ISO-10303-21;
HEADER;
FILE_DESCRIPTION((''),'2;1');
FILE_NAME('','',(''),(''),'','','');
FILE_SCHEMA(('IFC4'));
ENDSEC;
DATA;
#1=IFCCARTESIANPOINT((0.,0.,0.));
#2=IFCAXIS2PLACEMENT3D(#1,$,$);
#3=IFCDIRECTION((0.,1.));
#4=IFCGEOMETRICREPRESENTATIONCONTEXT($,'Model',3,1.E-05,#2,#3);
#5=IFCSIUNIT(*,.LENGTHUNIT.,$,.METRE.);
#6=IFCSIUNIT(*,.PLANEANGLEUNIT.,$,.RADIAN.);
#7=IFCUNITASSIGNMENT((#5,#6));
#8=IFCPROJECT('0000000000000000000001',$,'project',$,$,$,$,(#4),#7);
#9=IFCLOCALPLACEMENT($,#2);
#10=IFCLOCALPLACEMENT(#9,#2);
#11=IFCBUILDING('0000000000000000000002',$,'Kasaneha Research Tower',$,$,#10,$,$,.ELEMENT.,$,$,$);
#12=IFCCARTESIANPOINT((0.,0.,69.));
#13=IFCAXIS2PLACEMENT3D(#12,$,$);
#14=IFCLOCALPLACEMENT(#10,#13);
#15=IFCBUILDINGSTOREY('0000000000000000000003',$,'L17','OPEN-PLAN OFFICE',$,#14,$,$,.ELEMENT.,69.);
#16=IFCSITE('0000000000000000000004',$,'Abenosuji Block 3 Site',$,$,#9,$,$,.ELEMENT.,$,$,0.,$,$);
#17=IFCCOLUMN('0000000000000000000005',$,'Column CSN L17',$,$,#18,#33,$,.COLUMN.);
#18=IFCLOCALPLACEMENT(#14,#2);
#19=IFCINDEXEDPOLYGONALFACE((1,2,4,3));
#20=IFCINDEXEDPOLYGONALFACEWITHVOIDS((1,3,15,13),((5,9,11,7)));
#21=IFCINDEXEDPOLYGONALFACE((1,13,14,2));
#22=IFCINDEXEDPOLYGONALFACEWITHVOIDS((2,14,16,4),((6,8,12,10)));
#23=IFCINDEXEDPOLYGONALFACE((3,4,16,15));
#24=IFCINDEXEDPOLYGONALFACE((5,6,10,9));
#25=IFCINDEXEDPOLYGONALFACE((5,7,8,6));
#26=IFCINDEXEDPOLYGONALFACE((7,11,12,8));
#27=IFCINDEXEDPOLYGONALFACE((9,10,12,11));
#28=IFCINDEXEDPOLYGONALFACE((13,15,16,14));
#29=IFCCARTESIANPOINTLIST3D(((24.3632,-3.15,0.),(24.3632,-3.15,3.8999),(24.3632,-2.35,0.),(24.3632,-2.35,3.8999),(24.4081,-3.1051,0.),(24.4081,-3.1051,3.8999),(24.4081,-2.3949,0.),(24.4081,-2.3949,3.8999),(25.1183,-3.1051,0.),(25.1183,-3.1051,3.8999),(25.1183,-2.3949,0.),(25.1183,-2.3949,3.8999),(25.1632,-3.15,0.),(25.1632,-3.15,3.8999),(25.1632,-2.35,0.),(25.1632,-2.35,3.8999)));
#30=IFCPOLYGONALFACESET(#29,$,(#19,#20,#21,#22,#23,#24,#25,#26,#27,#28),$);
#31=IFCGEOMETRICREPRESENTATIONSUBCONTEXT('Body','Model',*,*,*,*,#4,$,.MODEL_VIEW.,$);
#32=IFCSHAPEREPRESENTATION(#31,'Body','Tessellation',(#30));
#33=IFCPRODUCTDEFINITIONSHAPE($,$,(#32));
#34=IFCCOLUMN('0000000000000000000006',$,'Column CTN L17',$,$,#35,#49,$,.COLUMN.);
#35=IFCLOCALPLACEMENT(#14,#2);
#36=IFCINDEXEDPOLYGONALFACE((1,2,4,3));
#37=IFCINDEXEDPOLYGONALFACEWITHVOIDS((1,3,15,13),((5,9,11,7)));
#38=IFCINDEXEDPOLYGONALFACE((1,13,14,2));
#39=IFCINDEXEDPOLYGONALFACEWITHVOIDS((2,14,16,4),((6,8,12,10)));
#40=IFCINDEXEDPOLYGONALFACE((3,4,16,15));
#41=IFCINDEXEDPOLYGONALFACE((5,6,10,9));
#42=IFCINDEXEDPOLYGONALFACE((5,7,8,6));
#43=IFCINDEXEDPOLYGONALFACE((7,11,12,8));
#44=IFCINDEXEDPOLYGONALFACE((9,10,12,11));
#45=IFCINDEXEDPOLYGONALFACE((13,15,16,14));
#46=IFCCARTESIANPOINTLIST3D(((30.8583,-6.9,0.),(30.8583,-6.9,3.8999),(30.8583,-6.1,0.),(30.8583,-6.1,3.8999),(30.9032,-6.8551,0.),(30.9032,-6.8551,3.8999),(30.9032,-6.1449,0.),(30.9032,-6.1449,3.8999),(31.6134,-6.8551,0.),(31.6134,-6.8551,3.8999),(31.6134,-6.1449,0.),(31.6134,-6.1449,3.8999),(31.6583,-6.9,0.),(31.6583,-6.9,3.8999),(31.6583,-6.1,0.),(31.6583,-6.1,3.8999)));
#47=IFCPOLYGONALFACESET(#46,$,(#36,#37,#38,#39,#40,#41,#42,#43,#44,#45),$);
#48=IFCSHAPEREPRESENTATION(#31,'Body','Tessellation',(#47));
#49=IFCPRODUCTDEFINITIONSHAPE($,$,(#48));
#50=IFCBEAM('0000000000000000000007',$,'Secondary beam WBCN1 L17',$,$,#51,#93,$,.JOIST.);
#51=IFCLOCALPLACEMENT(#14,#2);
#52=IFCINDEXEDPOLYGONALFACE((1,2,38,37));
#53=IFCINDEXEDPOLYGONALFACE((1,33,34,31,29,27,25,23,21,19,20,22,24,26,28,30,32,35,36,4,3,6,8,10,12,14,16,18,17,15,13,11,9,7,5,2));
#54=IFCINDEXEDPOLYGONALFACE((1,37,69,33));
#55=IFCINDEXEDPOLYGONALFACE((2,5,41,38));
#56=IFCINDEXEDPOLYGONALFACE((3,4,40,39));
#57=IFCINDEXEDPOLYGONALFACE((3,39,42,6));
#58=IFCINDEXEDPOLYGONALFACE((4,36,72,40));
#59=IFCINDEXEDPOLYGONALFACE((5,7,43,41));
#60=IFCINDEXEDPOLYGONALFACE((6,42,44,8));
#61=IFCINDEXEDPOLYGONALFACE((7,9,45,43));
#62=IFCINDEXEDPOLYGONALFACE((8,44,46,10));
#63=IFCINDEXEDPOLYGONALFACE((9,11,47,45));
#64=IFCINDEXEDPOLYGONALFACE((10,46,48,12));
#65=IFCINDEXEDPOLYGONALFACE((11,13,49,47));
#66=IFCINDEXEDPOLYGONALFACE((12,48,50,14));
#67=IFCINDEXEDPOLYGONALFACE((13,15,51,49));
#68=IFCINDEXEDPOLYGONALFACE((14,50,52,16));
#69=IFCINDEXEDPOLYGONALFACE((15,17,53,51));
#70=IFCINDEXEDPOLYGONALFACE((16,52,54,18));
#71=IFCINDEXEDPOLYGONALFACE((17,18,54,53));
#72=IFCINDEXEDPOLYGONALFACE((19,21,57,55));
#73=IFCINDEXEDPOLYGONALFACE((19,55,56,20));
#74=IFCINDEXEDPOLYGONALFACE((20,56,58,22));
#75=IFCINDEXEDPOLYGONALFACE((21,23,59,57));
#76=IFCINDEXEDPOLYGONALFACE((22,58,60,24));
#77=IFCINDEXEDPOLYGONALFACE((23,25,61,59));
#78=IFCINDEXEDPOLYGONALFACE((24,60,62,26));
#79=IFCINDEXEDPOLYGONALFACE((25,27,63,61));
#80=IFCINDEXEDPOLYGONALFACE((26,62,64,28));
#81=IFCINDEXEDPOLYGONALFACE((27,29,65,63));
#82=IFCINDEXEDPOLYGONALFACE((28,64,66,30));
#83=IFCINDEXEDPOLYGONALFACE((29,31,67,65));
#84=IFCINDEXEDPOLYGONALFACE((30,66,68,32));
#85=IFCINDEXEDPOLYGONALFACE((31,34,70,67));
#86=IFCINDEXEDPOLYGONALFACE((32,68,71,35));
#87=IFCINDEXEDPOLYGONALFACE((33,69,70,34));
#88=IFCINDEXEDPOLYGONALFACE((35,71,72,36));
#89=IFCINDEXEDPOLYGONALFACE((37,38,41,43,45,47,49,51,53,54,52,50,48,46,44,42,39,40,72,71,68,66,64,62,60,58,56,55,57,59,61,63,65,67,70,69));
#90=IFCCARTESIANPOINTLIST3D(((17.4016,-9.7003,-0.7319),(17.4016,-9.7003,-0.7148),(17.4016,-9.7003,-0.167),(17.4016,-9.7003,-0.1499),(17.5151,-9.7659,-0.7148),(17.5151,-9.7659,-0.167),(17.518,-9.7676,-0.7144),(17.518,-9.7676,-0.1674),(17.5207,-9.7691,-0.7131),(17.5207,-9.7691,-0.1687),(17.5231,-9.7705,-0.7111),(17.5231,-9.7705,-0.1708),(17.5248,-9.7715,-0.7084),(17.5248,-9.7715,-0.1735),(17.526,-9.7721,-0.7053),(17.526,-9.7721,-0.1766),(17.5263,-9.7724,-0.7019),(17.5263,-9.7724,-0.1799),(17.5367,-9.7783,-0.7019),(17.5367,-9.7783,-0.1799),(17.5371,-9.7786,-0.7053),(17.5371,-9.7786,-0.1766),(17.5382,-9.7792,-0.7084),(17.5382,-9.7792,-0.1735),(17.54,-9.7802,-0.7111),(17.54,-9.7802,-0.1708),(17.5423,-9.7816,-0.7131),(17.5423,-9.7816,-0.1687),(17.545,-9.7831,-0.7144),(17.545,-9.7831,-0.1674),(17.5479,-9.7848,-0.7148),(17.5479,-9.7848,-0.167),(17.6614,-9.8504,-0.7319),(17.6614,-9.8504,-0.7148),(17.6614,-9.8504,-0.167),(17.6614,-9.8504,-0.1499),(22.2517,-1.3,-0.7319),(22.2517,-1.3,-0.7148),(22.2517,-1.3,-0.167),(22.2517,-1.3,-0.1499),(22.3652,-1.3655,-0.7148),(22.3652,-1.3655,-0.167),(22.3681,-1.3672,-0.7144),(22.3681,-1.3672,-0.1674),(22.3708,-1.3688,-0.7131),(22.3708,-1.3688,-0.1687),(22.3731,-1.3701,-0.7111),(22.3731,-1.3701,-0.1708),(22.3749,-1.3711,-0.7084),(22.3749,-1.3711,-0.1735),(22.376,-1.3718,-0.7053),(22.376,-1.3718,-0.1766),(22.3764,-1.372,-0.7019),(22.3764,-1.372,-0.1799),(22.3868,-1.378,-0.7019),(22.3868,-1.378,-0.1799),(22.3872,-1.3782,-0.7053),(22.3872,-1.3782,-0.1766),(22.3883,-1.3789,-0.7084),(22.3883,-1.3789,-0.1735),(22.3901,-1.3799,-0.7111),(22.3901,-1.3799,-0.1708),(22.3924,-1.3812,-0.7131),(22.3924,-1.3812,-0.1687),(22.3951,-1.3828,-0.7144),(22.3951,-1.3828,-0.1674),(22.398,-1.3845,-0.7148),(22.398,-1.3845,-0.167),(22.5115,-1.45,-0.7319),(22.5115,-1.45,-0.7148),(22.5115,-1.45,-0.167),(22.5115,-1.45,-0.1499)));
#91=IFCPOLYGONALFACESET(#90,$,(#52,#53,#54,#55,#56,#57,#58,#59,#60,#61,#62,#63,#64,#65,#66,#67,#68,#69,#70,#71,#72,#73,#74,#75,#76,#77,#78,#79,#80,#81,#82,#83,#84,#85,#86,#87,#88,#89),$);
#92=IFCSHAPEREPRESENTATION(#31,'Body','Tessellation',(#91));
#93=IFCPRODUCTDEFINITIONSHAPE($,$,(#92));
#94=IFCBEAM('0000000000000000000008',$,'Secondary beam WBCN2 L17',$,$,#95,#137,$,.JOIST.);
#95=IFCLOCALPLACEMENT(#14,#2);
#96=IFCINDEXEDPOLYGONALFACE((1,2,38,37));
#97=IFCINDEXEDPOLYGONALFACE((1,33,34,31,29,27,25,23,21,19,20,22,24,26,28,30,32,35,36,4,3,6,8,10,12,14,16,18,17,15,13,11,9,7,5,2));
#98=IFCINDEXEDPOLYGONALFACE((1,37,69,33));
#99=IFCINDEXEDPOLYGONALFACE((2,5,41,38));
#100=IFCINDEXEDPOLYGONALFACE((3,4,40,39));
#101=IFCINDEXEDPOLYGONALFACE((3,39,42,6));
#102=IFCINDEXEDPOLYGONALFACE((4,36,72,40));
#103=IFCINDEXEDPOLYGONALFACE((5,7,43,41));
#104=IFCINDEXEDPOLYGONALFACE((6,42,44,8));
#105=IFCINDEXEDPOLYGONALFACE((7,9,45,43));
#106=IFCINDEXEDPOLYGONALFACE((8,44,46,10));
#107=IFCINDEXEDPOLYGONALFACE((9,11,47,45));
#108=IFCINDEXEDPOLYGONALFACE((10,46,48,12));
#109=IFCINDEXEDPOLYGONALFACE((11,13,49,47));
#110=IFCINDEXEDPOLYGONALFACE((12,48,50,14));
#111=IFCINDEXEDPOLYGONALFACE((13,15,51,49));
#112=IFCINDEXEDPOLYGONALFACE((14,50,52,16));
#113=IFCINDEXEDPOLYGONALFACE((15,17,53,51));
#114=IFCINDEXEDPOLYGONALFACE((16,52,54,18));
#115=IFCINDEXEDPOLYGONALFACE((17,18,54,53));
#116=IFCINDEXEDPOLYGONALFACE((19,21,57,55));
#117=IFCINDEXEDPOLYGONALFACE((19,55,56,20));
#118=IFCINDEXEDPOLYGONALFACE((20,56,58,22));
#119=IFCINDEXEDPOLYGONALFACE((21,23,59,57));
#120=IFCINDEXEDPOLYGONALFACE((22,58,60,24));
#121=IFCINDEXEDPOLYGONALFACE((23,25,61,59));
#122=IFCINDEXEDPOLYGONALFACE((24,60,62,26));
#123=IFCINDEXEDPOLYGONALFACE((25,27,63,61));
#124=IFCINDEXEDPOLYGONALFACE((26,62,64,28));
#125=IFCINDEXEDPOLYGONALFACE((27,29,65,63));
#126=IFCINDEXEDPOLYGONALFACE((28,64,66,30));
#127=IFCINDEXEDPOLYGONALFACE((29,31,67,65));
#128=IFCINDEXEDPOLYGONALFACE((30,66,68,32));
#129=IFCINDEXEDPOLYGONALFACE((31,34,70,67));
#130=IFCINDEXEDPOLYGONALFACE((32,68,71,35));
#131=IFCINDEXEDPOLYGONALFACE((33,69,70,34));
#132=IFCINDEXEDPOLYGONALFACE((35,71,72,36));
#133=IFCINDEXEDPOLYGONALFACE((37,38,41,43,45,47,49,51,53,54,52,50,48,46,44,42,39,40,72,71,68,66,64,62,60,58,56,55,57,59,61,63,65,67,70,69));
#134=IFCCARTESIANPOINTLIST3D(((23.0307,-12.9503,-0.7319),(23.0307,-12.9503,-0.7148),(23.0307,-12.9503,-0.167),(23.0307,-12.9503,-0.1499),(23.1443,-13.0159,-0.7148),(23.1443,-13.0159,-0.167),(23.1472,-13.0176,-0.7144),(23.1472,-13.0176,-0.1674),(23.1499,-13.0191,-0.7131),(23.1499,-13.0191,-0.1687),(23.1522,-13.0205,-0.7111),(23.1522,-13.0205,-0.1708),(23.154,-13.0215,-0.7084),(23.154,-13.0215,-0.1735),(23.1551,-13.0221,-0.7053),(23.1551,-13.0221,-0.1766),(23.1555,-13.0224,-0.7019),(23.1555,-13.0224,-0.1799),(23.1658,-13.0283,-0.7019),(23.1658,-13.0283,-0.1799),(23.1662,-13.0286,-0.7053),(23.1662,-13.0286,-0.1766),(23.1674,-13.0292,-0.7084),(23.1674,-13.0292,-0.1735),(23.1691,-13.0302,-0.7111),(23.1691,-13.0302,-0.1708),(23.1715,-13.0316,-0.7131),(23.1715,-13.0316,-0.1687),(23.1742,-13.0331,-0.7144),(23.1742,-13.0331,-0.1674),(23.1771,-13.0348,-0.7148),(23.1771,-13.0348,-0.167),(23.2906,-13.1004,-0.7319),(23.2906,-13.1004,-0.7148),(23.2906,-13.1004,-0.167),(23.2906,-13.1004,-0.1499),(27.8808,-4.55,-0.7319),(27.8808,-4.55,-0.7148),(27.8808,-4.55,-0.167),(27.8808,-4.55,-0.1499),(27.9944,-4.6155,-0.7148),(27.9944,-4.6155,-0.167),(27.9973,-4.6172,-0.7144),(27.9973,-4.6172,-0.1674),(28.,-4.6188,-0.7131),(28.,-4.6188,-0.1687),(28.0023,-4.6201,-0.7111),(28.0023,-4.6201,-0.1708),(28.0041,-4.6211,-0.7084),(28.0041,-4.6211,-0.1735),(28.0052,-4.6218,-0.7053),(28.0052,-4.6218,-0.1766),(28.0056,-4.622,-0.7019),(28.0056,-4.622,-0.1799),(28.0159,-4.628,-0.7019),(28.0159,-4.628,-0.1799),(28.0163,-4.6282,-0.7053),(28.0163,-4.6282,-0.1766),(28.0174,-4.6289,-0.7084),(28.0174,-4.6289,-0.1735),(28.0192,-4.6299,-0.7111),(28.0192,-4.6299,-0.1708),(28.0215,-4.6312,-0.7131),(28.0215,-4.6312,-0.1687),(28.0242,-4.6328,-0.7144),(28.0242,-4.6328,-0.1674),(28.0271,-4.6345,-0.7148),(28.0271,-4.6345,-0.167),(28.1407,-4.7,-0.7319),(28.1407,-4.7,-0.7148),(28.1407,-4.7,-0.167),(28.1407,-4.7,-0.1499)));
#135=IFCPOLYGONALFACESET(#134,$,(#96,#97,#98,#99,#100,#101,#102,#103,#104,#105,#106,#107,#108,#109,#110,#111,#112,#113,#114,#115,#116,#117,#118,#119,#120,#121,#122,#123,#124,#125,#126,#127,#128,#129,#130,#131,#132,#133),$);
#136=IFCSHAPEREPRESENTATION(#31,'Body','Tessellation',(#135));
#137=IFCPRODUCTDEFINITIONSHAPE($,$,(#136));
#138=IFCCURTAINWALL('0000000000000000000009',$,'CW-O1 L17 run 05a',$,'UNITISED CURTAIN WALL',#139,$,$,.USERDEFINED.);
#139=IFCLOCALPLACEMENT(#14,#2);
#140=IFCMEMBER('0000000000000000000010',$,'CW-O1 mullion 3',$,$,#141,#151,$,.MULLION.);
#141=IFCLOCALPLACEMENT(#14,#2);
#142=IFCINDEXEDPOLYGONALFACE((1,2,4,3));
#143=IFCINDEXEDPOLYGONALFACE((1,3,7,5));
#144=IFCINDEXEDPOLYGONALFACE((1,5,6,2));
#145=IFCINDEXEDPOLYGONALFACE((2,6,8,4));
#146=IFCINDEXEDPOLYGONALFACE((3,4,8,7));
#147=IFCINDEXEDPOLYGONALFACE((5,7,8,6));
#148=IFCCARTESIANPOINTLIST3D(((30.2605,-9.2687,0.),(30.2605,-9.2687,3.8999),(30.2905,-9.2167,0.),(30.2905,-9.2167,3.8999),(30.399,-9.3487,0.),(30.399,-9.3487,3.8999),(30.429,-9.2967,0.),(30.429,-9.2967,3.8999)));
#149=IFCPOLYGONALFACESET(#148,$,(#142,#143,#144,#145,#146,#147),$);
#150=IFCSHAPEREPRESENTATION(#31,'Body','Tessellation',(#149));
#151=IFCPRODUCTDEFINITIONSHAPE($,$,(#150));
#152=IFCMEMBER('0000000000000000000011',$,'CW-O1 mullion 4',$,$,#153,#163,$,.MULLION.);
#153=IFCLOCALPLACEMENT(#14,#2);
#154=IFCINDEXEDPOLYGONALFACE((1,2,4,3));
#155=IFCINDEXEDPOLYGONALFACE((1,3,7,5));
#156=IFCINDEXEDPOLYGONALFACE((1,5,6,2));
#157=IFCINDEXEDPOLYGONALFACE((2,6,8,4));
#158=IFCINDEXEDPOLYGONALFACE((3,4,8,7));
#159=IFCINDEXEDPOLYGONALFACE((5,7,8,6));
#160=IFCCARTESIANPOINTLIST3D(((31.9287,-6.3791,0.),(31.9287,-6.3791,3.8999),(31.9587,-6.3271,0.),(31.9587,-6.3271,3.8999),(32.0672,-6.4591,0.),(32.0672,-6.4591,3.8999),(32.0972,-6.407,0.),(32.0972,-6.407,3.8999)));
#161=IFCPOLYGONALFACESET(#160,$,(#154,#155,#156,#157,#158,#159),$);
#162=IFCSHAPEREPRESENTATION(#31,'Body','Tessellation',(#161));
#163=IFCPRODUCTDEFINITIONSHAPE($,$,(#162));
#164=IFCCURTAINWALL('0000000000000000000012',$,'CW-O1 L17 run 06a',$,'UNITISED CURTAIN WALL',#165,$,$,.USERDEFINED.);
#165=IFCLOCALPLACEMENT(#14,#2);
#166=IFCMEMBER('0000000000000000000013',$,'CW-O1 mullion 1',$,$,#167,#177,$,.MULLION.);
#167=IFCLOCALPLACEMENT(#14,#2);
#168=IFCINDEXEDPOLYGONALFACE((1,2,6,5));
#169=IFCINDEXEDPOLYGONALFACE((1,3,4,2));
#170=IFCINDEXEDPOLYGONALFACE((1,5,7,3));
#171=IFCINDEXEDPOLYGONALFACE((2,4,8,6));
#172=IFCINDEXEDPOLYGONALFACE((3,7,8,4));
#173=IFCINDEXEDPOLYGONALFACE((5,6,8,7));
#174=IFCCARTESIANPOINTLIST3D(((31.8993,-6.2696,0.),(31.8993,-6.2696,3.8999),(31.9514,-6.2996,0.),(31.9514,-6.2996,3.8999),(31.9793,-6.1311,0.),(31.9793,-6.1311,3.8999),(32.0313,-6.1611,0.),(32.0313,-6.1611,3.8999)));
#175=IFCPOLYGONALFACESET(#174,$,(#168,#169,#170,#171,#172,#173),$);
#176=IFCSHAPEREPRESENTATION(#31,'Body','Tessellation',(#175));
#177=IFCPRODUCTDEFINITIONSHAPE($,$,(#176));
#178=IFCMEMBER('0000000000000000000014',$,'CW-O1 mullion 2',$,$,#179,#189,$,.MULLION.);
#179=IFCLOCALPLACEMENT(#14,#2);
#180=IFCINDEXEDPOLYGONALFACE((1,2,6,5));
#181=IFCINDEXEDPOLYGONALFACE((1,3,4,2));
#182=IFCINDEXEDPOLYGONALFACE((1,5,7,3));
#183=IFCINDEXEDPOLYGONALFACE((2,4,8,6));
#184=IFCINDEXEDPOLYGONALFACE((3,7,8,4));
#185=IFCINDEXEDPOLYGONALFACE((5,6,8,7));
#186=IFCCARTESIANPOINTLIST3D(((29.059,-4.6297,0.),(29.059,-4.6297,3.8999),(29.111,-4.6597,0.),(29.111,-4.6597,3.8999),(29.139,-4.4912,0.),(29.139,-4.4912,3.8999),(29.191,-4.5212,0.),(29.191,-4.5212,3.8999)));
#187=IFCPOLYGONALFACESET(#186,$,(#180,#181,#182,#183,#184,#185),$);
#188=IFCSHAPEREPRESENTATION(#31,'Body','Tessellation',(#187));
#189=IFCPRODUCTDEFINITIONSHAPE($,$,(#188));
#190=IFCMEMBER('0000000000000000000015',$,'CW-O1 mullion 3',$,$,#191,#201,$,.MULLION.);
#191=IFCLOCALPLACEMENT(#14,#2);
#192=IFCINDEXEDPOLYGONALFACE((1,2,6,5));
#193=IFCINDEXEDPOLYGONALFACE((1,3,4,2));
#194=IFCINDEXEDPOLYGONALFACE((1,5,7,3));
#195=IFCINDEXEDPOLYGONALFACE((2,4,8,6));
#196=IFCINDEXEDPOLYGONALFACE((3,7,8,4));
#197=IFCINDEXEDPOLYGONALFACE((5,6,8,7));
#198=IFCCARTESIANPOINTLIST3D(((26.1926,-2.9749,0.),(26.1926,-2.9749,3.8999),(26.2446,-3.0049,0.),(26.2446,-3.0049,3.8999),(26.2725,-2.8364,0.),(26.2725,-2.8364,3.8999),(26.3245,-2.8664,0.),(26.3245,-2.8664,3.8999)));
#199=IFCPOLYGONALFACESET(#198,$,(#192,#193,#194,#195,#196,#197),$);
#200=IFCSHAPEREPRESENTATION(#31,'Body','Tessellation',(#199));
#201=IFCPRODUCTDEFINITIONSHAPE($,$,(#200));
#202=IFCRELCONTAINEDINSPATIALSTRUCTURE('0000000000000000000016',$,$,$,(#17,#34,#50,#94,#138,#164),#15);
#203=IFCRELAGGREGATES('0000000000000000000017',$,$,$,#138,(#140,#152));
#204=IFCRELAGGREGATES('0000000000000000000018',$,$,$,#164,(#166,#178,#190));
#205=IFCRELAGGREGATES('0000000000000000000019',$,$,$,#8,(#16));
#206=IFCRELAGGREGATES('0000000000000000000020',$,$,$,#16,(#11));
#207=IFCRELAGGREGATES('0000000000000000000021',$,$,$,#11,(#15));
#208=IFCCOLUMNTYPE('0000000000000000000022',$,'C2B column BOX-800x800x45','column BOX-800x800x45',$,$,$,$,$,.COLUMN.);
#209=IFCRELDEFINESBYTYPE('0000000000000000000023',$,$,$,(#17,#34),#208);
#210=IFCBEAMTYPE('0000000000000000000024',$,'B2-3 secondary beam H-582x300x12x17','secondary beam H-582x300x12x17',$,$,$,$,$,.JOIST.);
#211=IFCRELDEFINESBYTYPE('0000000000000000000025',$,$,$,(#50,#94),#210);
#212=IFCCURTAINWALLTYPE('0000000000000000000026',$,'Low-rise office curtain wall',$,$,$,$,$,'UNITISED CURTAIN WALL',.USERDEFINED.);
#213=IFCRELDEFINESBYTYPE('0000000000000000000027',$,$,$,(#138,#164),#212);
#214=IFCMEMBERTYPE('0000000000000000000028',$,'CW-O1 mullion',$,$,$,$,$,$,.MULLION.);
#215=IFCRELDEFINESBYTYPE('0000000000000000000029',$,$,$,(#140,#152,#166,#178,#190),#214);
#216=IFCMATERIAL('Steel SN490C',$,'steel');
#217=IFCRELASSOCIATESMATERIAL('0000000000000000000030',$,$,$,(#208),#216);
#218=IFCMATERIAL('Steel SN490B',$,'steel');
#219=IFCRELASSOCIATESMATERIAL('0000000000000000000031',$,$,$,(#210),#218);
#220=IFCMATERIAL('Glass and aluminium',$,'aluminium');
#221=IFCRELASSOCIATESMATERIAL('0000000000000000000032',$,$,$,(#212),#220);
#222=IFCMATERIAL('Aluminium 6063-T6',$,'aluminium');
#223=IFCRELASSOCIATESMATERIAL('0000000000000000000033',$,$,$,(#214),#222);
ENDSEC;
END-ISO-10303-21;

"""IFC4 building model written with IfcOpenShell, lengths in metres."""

from ifc_helpers import new_model, si_unit, direction, frame, origin, origin_2d, place, context, subcontext, project, spatial, rectangle, hollow_rectangle, i_section, extrude, material, material_profile, profile_set, type_object, element, aggregate, save


model = new_model("IFC4")

# Units and contexts
model_context = context("Model", 3, precision=1e-05, world=origin(), true_north=direction((0.0, 1.0)))
body_context = subcontext(model_context, "Body", "Model", "MODEL_VIEW")
ifc_project = project(units=[si_unit("LENGTHUNIT", "METRE"), si_unit("PLANEANGLEUNIT", "RADIAN")], contexts=[model_context])

# Site, building, storey
site_placement = place(None, origin())
site = spatial("IfcSite", under=ifc_project, at=site_placement, Name="Abenosuji Block 3 Site", CompositionType="ELEMENT", RefElevation=0.0)
building_placement = place(site_placement, origin())
building = spatial("IfcBuilding", under=site, at=building_placement, Name="Kasaneha Research Tower", CompositionType="ELEMENT")
storey_placement = place(building_placement, frame((0.0, 0.0, 69.0)))
storey = spatial("IfcBuildingStorey", under=building, at=storey_placement, Name="L17", Description="OPEN-PLAN OFFICE", CompositionType="ELEMENT", Elevation=69.0)

# Columns
ifc_material_1 = material(Name="Steel SN490C", Category="steel")
ifc_material_profile_1 = material_profile(ifc_material_1, hollow_rectangle(XDim=0.8, YDim=0.8, WallThickness=0.0449, at=origin_2d()), Name="BOX-800x800x45")
ifc_profile_set_1 = profile_set([ifc_material_profile_1], Name="Steel SN490C")
column_type = type_object("IfcColumnType", Name="C2B column BOX-800x800x45", Description="column BOX-800x800x45", PredefinedType="COLUMN", material=ifc_profile_set_1)
for number, where, z_axis, x_axis, name in (
    (1, (24.7632, -2.75, 0.0), (0.0, 0.0, 1.0), (1.0, 0.0, 0.0), "Column CSN L17"),
    (2, (31.2583, -6.5, 0.0), (0.0, 0.0, 1.0), (1.0, 0.0, 0.0), "Column CTN L17"),
):
    element("IfcColumn", number, at=place(storey_placement, frame(where, z_axis=z_axis, x_axis=x_axis)), inside=storey, type_object=column_type, Name=name, PredefinedType="COLUMN", context=body_context, shape_type="SweptSolid", body=[
        extrude(hollow_rectangle(XDim=0.8, YDim=0.8, WallThickness=0.0449, at=origin_2d()), origin(), (0.0, 0.0, 1.0), 3.8999),
    ])

# Beams
ifc_material_2 = material(Name="Steel SN490B", Category="steel")
ifc_material_profile_2 = material_profile(ifc_material_2, i_section(OverallWidth=0.3, OverallDepth=0.582, WebThickness=0.012, FlangeThickness=0.0171, FilletRadius=0.0129, at=origin_2d()), Name="H-582x300x12x17")
ifc_profile_set_2 = profile_set([ifc_material_profile_2], Name="Steel SN490B")
beam_type_1 = type_object("IfcBeamType", Name="B2-3 secondary beam H-582x300x12x17", Description="secondary beam H-582x300x12x17", PredefinedType="JOIST", material=ifc_profile_set_2)
for number, where, z_axis, x_axis, name in (
    (3, (22.3816, -1.375, -0.4409), (-0.50001, -0.86602, 0.0), (0.86602, -0.50001, 0.0), "Secondary beam WBCN1 L17"),
    (4, (28.0107, -4.625, -0.4409), (-0.50001, -0.86602, 0.0), (0.86602, -0.50001, 0.0), "Secondary beam WBCN2 L17"),
):
    element("IfcBeam", number, at=place(storey_placement, frame(where, z_axis=z_axis, x_axis=x_axis)), inside=storey, type_object=beam_type_1, Name=name, PredefinedType="JOIST", context=body_context, shape_type="SweptSolid", body=[
        extrude(i_section(OverallWidth=0.3, OverallDepth=0.582, WebThickness=0.012, FlangeThickness=0.0171, FilletRadius=0.0129, at=origin_2d()), origin(), (0.0, 0.0, 1.0), 9.7),
    ])

# Curtain walls, members
ifc_material_3 = material(Name="Glass and aluminium", Category="aluminium")
curtain_wall_type = type_object("IfcCurtainWallType", Name="Low-rise office curtain wall", ElementType="UNITISED CURTAIN WALL", PredefinedType="USERDEFINED", material=ifc_material_3)
curtain_wall_1_placement = place(storey_placement, origin())
curtain_wall_1 = element("IfcCurtainWall", 5, at=curtain_wall_1_placement, inside=storey, type_object=curtain_wall_type, Name="CW-O1 L17 run 05a", ObjectType="UNITISED CURTAIN WALL", PredefinedType="USERDEFINED")
ifc_material_4 = material(Name="Aluminium 6063-T6", Category="aluminium")
ifc_material_profile_3 = material_profile(ifc_material_4, rectangle(XDim=0.0601, YDim=0.1599, at=origin_2d()), Name="CW-O1 mullion 60x160")
ifc_profile_set_3 = profile_set([ifc_material_profile_3], Name="Aluminium 6063-T6")
member_type_1 = type_object("IfcMemberType", Name="CW-O1 mullion", PredefinedType="MULLION", material=ifc_profile_set_3)
member_1_placement = place(storey_placement, frame((30.3447, -9.2827, 0.0), z_axis=(0.0, 0.0, 1.0), x_axis=(0.5, 0.866025, 0.0)))
member_1 = element("IfcMember", 6, at=member_1_placement, type_object=member_type_1, Name="CW-O1 mullion 3", PredefinedType="MULLION", context=body_context, shape_type="SweptSolid", body=[
    extrude(rectangle(XDim=0.0601, YDim=0.1599, at=origin_2d()), origin(), (0.0, 0.0, 1.0), 3.8999),
])
member_2_placement = place(storey_placement, frame((32.0129, -6.3931, 0.0), z_axis=(0.0, 0.0, 1.0), x_axis=(0.5, 0.866025, 0.0)))
member_2 = element("IfcMember", 7, at=member_2_placement, type_object=member_type_1, Name="CW-O1 mullion 4", PredefinedType="MULLION", context=body_context, shape_type="SweptSolid", body=[
    extrude(rectangle(XDim=0.0601, YDim=0.1599, at=origin_2d()), origin(), (0.0, 0.0, 1.0), 3.8999),
])
curtain_wall_2_placement = place(storey_placement, origin())
curtain_wall_2 = element("IfcCurtainWall", 8, at=curtain_wall_2_placement, inside=storey, type_object=curtain_wall_type, Name="CW-O1 L17 run 06a", ObjectType="UNITISED CURTAIN WALL", PredefinedType="USERDEFINED")
member_3_placement = place(storey_placement, frame((31.9653, -6.2153, 0.0), z_axis=(0.0, 0.0, 1.0), x_axis=(-0.866025, 0.5, 0.0)))
member_3 = element("IfcMember", 9, at=member_3_placement, type_object=member_type_1, Name="CW-O1 mullion 1", PredefinedType="MULLION", context=body_context, shape_type="SweptSolid", body=[
    extrude(rectangle(XDim=0.0601, YDim=0.1599, at=origin_2d()), origin(), (0.0, 0.0, 1.0), 3.8999),
])
member_4_placement = place(storey_placement, frame((29.125, -4.5754, 0.0), z_axis=(0.0, 0.0, 1.0), x_axis=(-0.866025, 0.5, 0.0)))
member_4 = element("IfcMember", 10, at=member_4_placement, type_object=member_type_1, Name="CW-O1 mullion 2", PredefinedType="MULLION", context=body_context, shape_type="SweptSolid", body=[
    extrude(rectangle(XDim=0.0601, YDim=0.1599, at=origin_2d()), origin(), (0.0, 0.0, 1.0), 3.8999),
])
member_5_placement = place(storey_placement, frame((26.2585, -2.9207, 0.0), z_axis=(0.0, 0.0, 1.0), x_axis=(-0.866025, 0.5, 0.0)))
member_5 = element("IfcMember", 11, at=member_5_placement, type_object=member_type_1, Name="CW-O1 mullion 3", PredefinedType="MULLION", context=body_context, shape_type="SweptSolid", body=[
    extrude(rectangle(XDim=0.0601, YDim=0.1599, at=origin_2d()), origin(), (0.0, 0.0, 1.0), 3.8999),
])

aggregate(curtain_wall_1, [member_1, member_2])
aggregate(curtain_wall_2, [member_3, member_4, member_5])

save(model, "model.ifc")
